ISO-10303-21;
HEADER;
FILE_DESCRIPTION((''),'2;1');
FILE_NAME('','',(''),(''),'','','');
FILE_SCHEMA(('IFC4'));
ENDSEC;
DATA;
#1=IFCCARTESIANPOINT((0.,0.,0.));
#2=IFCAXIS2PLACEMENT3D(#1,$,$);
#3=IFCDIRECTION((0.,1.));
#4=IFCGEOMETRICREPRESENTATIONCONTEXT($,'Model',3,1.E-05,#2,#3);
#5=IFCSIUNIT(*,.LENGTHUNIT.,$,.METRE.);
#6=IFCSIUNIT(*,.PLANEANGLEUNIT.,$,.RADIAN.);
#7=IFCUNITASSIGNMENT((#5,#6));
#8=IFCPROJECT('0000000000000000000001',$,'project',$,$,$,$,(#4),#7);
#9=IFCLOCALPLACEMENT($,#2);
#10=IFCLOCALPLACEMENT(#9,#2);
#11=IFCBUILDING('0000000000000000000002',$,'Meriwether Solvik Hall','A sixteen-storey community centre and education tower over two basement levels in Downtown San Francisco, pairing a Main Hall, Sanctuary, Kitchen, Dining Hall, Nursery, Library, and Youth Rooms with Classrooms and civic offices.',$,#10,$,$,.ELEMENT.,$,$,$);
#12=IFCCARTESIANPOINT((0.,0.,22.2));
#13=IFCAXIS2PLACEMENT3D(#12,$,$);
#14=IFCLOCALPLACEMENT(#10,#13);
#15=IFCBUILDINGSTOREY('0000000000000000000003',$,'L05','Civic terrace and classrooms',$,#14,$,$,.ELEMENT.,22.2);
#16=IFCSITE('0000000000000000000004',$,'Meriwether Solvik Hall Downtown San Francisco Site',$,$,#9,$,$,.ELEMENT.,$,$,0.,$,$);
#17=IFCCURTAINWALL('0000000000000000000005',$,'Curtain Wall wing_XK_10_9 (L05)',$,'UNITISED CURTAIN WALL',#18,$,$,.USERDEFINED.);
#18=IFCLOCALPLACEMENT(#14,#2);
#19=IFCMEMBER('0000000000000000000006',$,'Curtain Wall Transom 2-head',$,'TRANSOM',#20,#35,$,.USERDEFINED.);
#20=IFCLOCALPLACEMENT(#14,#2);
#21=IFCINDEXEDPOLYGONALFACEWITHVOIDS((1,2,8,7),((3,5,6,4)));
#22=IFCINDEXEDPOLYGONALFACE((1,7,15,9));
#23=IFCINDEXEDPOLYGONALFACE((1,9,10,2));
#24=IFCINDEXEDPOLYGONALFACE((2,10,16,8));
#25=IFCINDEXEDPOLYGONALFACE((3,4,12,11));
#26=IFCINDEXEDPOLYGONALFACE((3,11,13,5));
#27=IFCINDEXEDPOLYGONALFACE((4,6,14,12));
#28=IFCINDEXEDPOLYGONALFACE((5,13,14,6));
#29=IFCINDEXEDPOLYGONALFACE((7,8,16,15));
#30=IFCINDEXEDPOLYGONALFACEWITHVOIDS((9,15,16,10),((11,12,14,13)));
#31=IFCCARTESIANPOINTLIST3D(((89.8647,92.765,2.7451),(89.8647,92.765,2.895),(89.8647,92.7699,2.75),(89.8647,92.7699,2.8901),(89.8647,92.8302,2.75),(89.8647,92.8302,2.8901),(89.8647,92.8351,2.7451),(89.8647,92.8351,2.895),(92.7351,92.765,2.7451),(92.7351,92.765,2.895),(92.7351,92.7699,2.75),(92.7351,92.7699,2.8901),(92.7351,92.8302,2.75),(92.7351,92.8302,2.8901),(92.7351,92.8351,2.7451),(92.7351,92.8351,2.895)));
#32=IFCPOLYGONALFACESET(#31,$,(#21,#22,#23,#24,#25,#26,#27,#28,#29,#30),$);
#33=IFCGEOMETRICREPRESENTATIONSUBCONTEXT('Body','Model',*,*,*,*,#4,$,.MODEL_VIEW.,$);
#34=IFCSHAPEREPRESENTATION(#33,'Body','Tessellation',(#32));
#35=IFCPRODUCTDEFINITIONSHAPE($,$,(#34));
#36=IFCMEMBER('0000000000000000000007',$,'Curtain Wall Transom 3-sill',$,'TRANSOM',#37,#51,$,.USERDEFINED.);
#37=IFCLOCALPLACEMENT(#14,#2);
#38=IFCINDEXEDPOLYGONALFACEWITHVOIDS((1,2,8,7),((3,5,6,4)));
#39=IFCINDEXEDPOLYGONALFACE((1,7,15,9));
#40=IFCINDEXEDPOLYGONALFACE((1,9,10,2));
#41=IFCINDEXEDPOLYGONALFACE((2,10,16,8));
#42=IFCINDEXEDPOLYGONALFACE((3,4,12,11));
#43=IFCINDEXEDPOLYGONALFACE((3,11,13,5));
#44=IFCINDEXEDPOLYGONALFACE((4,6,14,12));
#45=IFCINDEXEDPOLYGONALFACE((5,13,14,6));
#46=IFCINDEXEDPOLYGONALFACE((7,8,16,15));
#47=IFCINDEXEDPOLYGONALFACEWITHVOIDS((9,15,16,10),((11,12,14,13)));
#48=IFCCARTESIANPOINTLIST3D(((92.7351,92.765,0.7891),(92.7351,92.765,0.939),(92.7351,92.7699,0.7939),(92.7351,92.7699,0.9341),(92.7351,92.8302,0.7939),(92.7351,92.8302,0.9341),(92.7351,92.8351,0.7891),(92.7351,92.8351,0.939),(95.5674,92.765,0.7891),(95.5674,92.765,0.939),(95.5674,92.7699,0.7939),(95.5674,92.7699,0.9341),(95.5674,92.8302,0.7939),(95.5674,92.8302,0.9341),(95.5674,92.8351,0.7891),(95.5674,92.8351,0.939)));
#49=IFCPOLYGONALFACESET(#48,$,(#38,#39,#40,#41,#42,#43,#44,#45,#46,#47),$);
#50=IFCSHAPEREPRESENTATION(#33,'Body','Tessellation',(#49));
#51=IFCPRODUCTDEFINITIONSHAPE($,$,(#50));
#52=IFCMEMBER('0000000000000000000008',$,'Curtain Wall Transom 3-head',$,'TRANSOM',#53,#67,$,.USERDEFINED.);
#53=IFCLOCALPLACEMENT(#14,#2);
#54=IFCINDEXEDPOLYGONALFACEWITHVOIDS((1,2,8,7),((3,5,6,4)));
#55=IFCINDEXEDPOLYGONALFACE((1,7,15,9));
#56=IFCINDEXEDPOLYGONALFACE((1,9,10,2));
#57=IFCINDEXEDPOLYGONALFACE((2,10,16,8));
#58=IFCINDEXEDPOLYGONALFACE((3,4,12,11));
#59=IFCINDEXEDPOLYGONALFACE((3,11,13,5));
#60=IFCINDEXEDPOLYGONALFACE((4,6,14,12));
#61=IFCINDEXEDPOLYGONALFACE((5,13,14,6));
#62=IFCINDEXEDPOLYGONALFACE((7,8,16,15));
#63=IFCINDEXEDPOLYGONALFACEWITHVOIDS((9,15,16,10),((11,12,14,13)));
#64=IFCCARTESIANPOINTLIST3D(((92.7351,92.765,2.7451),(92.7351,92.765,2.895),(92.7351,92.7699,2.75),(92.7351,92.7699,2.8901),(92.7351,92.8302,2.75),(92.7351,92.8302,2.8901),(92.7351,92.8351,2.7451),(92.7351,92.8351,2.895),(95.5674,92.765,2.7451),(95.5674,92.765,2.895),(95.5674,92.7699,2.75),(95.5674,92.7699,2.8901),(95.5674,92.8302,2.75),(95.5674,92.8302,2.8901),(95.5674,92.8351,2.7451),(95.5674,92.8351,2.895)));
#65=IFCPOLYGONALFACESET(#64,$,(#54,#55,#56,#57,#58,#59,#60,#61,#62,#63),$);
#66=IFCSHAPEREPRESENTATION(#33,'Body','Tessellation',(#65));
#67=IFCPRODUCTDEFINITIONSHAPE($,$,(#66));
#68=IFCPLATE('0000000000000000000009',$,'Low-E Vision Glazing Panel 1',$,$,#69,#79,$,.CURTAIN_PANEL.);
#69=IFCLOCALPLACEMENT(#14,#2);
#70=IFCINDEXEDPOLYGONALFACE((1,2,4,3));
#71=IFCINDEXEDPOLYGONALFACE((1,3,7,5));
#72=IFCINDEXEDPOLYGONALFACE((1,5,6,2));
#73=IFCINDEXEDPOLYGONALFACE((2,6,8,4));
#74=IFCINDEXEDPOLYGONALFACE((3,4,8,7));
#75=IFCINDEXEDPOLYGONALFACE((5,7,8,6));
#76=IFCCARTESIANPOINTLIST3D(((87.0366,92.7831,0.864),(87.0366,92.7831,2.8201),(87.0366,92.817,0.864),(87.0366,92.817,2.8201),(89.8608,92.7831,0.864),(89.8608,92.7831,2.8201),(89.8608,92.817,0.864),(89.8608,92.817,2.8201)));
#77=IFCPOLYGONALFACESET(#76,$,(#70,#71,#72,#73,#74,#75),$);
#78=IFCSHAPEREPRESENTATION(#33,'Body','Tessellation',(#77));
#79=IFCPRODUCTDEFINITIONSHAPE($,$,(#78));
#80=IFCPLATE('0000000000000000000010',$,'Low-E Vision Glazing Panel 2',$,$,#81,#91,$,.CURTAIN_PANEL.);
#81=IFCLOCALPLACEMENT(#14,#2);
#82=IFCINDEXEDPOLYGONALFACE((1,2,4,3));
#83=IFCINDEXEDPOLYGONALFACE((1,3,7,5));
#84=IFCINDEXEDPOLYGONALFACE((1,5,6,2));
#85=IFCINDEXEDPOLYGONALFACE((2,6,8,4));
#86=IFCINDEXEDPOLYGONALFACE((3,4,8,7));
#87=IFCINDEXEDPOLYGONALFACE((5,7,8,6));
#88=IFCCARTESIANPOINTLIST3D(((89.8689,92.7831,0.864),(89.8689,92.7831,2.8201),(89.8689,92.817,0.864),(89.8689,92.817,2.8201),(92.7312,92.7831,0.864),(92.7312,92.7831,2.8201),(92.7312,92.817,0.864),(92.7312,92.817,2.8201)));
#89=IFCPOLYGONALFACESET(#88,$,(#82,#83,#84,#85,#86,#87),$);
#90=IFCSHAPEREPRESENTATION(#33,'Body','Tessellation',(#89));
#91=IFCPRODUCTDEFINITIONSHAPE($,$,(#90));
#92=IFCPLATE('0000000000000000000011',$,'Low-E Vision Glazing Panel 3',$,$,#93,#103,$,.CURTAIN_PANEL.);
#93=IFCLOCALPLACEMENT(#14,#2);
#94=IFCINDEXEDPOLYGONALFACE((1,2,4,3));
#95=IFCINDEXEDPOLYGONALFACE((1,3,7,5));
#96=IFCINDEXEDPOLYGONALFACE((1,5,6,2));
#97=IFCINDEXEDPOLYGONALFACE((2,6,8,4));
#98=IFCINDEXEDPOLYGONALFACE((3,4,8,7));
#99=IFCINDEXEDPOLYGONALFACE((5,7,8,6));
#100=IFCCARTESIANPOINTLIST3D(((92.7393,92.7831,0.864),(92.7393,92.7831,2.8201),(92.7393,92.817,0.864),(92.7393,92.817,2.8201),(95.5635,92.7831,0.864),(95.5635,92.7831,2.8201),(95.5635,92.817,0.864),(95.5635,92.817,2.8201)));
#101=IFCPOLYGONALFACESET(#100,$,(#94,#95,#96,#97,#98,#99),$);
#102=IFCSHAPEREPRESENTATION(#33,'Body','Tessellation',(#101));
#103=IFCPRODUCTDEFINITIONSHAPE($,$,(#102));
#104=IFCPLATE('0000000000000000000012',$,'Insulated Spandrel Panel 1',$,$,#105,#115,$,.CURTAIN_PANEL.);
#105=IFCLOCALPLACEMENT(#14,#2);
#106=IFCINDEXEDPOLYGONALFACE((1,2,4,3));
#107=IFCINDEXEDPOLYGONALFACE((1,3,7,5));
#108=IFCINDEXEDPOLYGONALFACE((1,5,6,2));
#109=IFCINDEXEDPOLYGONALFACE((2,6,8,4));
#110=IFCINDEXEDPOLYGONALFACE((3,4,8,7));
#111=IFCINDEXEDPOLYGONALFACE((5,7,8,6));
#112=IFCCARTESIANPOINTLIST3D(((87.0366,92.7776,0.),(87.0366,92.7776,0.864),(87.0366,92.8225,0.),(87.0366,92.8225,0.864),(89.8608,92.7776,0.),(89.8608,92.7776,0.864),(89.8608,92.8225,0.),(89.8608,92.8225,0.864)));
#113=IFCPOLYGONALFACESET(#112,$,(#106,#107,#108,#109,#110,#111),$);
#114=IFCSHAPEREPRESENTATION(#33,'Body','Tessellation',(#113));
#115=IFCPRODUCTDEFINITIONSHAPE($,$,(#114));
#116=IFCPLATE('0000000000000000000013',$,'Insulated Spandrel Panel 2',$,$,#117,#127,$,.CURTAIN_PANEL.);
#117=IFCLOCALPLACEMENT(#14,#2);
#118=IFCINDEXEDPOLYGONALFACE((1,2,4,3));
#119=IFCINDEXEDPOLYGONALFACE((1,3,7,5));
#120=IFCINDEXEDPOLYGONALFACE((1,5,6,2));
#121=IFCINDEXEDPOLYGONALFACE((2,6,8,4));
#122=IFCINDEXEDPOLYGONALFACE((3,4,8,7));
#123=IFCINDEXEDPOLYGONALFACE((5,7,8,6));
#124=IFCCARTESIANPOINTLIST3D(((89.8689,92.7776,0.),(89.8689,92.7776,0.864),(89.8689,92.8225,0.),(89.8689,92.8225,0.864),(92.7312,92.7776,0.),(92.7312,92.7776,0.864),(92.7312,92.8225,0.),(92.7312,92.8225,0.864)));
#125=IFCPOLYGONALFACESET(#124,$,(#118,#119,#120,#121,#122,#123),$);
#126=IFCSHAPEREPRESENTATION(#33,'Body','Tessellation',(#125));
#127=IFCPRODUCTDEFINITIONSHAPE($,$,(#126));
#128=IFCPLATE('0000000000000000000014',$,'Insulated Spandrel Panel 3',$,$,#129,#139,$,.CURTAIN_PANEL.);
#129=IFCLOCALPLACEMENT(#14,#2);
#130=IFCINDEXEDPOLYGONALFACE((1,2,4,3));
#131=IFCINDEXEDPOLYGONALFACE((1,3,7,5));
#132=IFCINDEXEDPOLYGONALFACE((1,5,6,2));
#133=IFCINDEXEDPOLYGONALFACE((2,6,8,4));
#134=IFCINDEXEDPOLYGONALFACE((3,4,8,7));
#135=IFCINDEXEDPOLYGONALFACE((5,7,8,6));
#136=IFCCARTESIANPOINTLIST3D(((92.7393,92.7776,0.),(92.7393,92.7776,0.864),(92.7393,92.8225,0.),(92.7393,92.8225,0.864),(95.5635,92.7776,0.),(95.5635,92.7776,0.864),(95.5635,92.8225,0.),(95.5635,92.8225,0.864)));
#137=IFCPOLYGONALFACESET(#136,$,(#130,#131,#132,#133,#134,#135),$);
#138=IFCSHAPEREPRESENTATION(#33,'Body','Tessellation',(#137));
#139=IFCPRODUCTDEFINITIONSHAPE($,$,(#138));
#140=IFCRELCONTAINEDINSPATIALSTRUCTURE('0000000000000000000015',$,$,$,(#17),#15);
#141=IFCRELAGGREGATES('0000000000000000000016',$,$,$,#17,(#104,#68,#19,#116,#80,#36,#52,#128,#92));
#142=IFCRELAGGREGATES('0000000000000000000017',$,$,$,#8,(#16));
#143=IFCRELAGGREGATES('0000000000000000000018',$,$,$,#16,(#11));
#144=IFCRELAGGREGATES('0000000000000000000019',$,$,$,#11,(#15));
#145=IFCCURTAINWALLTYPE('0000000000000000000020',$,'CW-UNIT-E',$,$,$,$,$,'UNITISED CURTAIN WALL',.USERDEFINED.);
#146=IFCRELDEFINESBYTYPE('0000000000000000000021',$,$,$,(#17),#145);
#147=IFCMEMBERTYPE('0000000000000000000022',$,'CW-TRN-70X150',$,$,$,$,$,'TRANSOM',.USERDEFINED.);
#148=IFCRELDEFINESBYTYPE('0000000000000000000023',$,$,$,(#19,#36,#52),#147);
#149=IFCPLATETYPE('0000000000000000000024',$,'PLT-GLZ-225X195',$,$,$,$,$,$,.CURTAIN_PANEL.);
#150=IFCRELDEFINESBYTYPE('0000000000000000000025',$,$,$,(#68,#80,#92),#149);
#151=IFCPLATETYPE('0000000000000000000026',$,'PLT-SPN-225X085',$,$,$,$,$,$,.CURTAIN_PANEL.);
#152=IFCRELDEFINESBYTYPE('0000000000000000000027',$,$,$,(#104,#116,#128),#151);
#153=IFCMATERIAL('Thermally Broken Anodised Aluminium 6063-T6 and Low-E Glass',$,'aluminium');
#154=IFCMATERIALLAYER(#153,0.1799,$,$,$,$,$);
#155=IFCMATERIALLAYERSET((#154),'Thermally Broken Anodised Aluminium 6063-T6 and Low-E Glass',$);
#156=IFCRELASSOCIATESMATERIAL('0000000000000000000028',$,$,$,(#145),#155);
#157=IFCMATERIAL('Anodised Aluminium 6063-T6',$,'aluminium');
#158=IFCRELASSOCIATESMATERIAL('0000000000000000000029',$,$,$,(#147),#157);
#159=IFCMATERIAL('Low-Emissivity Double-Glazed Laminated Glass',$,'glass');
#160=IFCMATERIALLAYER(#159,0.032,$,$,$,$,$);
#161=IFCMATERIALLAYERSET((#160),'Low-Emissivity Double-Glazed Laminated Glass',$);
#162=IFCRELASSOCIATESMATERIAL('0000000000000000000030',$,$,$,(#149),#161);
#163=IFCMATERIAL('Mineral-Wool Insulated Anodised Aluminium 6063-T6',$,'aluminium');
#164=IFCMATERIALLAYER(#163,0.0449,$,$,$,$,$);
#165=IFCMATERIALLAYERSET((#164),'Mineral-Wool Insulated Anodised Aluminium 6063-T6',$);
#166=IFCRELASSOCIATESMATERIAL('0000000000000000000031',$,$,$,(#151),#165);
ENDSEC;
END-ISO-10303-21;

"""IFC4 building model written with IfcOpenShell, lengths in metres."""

from ifc_helpers import new_model, si_unit, direction, frame, origin, origin_2d, place, context, subcontext, project, spatial, rectangle, hollow_rectangle, extrude, material, layer, layer_set, material_profile, profile_set, type_object, element, aggregate, save


model = new_model("IFC4")

# Units and contexts
model_context = context("Model", 3, precision=1e-05, world=origin(), true_north=direction((0.0, 1.0)))
body_context = subcontext(model_context, "Body", "Model", "MODEL_VIEW")
ifc_project = project(units=[si_unit("LENGTHUNIT", "METRE"), si_unit("PLANEANGLEUNIT", "RADIAN")], contexts=[model_context])

# Site, building, storey
site_placement = place(None, origin())
site = spatial("IfcSite", under=ifc_project, at=site_placement, Name="Meriwether Solvik Hall Downtown San Francisco Site", CompositionType="ELEMENT", RefElevation=0.0)
building_placement = place(site_placement, origin())
building = spatial("IfcBuilding", under=site, at=building_placement, Name="Meriwether Solvik Hall", Description="A sixteen-storey community centre and education tower over two basement levels in Downtown San Francisco, pairing a Main Hall, Sanctuary, Kitchen, Dining Hall, Nursery, Library, and Youth Rooms with Classrooms and civic offices.", CompositionType="ELEMENT")
storey_placement = place(building_placement, frame((0.0, 0.0, 22.2)))
storey = spatial("IfcBuildingStorey", under=building, at=storey_placement, Name="L05", Description="Civic terrace and classrooms", CompositionType="ELEMENT", Elevation=22.2)

# Shared definitions
ifc_material_1 = material(Name="Thermally Broken Anodised Aluminium 6063-T6 and Low-E Glass", Category="aluminium")
ifc_layer_1 = layer(ifc_material_1, 0.1799)
ifc_layer_set_1 = layer_set([ifc_layer_1], Name="Thermally Broken Anodised Aluminium 6063-T6 and Low-E Glass")
curtain_wall_type = type_object("IfcCurtainWallType", Name="CW-UNIT-E", ElementType="UNITISED CURTAIN WALL", PredefinedType="USERDEFINED", material=ifc_layer_set_1)

# Curtain wall, members, plates
curtain_wall_1_placement = place(storey_placement, origin())
curtain_wall_1 = element("IfcCurtainWall", 1, at=curtain_wall_1_placement, inside=storey, type_object=curtain_wall_type, Name="Curtain Wall wing_XK_10_9 (L05)", ObjectType="UNITISED CURTAIN WALL", PredefinedType="USERDEFINED")
ifc_material_2 = material(Name="Anodised Aluminium 6063-T6", Category="aluminium")
ifc_material_profile_1 = material_profile(ifc_material_2, hollow_rectangle(XDim=0.0701, YDim=0.1499, WallThickness=0.0049, at=origin_2d()), Name="CWT-70X150")
ifc_profile_set_1 = profile_set([ifc_material_profile_1], Name="Anodised Aluminium 6063-T6")
member_type_1 = type_object("IfcMemberType", Name="CW-TRN-70X150", ElementType="TRANSOM", PredefinedType="USERDEFINED", material=ifc_profile_set_1)
member_1_placement = place(storey_placement, frame((89.8647, 92.8, 2.8201), z_axis=(1.0, 0.0, 0.0), x_axis=(0.0, 1.0, 0.0)))
member_1 = element("IfcMember", 2, at=member_1_placement, type_object=member_type_1, Name="Curtain Wall Transom 2-head", ObjectType="TRANSOM", PredefinedType="USERDEFINED", context=body_context, shape_type="SweptSolid", body=[
    extrude(hollow_rectangle(XDim=0.0701, YDim=0.1499, WallThickness=0.0049, at=origin_2d()), origin(), (0.0, 0.0, 1.0), 2.8704),
])
member_2_placement = place(storey_placement, frame((92.7351, 92.8, 0.864), z_axis=(1.0, 0.0, 0.0), x_axis=(0.0, 1.0, 0.0)))
member_2 = element("IfcMember", 3, at=member_2_placement, type_object=member_type_1, Name="Curtain Wall Transom 3-sill", ObjectType="TRANSOM", PredefinedType="USERDEFINED", context=body_context, shape_type="SweptSolid", body=[
    extrude(hollow_rectangle(XDim=0.0701, YDim=0.1499, WallThickness=0.0049, at=origin_2d()), origin(), (0.0, 0.0, 1.0), 2.8323),
])
member_3_placement = place(storey_placement, frame((92.7351, 92.8, 2.8201), z_axis=(1.0, 0.0, 0.0), x_axis=(0.0, 1.0, 0.0)))
member_3 = element("IfcMember", 4, at=member_3_placement, type_object=member_type_1, Name="Curtain Wall Transom 3-head", ObjectType="TRANSOM", PredefinedType="USERDEFINED", context=body_context, shape_type="SweptSolid", body=[
    extrude(hollow_rectangle(XDim=0.0701, YDim=0.1499, WallThickness=0.0049, at=origin_2d()), origin(), (0.0, 0.0, 1.0), 2.8323),
])
ifc_material_3 = material(Name="Low-Emissivity Double-Glazed Laminated Glass", Category="glass")
ifc_layer_2 = layer(ifc_material_3, 0.032)
ifc_layer_set_2 = layer_set([ifc_layer_2], Name="Low-Emissivity Double-Glazed Laminated Glass")
plate_type_1 = type_object("IfcPlateType", Name="PLT-GLZ-225X195", PredefinedType="CURTAIN_PANEL", material=ifc_layer_set_2)
plate_1_placement = place(storey_placement, frame((88.4487, 92.8, 0.864), z_axis=(0.0, 0.0, 1.0), x_axis=(1.0, 0.0, 0.0)))
plate_1 = element("IfcPlate", 5, at=plate_1_placement, type_object=plate_type_1, Name="Low-E Vision Glazing Panel 1", PredefinedType="CURTAIN_PANEL", context=body_context, shape_type="SweptSolid", body=[
    extrude(rectangle(XDim=2.8242, YDim=0.0339, at=origin_2d()), origin(), (0.0, 0.0, 1.0), 1.9561),
])
plate_2_placement = place(storey_placement, frame((91.3, 92.8, 0.864), z_axis=(0.0, 0.0, 1.0), x_axis=(1.0, 0.0, 0.0)))
plate_2 = element("IfcPlate", 6, at=plate_2_placement, type_object=plate_type_1, Name="Low-E Vision Glazing Panel 2", PredefinedType="CURTAIN_PANEL", context=body_context, shape_type="SweptSolid", body=[
    extrude(rectangle(XDim=2.8623, YDim=0.0339, at=origin_2d()), origin(), (0.0, 0.0, 1.0), 1.9561),
])
plate_3_placement = place(storey_placement, frame((94.1514, 92.8, 0.864), z_axis=(0.0, 0.0, 1.0), x_axis=(1.0, 0.0, 0.0)))
plate_3 = element("IfcPlate", 7, at=plate_3_placement, type_object=plate_type_1, Name="Low-E Vision Glazing Panel 3", PredefinedType="CURTAIN_PANEL", context=body_context, shape_type="SweptSolid", body=[
    extrude(rectangle(XDim=2.8242, YDim=0.0339, at=origin_2d()), origin(), (0.0, 0.0, 1.0), 1.9561),
])
ifc_material_4 = material(Name="Mineral-Wool Insulated Anodised Aluminium 6063-T6", Category="aluminium")
ifc_layer_3 = layer(ifc_material_4, 0.0449)
ifc_layer_set_3 = layer_set([ifc_layer_3], Name="Mineral-Wool Insulated Anodised Aluminium 6063-T6")
plate_type_2 = type_object("IfcPlateType", Name="PLT-SPN-225X085", PredefinedType="CURTAIN_PANEL", material=ifc_layer_set_3)
plate_4_placement = place(storey_placement, frame((88.4487, 92.8, 0.0), z_axis=(0.0, 0.0, 1.0), x_axis=(1.0, 0.0, 0.0)))
plate_4 = element("IfcPlate", 8, at=plate_4_placement, type_object=plate_type_2, Name="Insulated Spandrel Panel 1", PredefinedType="CURTAIN_PANEL", context=body_context, shape_type="SweptSolid", body=[
    extrude(rectangle(XDim=2.8242, YDim=0.0449, at=origin_2d()), origin(), (0.0, 0.0, 1.0), 0.864),
])
plate_5_placement = place(storey_placement, frame((91.3, 92.8, 0.0), z_axis=(0.0, 0.0, 1.0), x_axis=(1.0, 0.0, 0.0)))
plate_5 = element("IfcPlate", 9, at=plate_5_placement, type_object=plate_type_2, Name="Insulated Spandrel Panel 2", PredefinedType="CURTAIN_PANEL", context=body_context, shape_type="SweptSolid", body=[
    extrude(rectangle(XDim=2.8623, YDim=0.0449, at=origin_2d()), origin(), (0.0, 0.0, 1.0), 0.864),
])
plate_6_placement = place(storey_placement, frame((94.1514, 92.8, 0.0), z_axis=(0.0, 0.0, 1.0), x_axis=(1.0, 0.0, 0.0)))
plate_6 = element("IfcPlate", 10, at=plate_6_placement, type_object=plate_type_2, Name="Insulated Spandrel Panel 3", PredefinedType="CURTAIN_PANEL", context=body_context, shape_type="SweptSolid", body=[
    extrude(rectangle(XDim=2.8242, YDim=0.0449, at=origin_2d()), origin(), (0.0, 0.0, 1.0), 0.864),
])
aggregate(curtain_wall_1, [plate_4, plate_1, member_1, plate_5, plate_2, member_2, member_3, plate_6, plate_3])

save(model, "model.ifc")
